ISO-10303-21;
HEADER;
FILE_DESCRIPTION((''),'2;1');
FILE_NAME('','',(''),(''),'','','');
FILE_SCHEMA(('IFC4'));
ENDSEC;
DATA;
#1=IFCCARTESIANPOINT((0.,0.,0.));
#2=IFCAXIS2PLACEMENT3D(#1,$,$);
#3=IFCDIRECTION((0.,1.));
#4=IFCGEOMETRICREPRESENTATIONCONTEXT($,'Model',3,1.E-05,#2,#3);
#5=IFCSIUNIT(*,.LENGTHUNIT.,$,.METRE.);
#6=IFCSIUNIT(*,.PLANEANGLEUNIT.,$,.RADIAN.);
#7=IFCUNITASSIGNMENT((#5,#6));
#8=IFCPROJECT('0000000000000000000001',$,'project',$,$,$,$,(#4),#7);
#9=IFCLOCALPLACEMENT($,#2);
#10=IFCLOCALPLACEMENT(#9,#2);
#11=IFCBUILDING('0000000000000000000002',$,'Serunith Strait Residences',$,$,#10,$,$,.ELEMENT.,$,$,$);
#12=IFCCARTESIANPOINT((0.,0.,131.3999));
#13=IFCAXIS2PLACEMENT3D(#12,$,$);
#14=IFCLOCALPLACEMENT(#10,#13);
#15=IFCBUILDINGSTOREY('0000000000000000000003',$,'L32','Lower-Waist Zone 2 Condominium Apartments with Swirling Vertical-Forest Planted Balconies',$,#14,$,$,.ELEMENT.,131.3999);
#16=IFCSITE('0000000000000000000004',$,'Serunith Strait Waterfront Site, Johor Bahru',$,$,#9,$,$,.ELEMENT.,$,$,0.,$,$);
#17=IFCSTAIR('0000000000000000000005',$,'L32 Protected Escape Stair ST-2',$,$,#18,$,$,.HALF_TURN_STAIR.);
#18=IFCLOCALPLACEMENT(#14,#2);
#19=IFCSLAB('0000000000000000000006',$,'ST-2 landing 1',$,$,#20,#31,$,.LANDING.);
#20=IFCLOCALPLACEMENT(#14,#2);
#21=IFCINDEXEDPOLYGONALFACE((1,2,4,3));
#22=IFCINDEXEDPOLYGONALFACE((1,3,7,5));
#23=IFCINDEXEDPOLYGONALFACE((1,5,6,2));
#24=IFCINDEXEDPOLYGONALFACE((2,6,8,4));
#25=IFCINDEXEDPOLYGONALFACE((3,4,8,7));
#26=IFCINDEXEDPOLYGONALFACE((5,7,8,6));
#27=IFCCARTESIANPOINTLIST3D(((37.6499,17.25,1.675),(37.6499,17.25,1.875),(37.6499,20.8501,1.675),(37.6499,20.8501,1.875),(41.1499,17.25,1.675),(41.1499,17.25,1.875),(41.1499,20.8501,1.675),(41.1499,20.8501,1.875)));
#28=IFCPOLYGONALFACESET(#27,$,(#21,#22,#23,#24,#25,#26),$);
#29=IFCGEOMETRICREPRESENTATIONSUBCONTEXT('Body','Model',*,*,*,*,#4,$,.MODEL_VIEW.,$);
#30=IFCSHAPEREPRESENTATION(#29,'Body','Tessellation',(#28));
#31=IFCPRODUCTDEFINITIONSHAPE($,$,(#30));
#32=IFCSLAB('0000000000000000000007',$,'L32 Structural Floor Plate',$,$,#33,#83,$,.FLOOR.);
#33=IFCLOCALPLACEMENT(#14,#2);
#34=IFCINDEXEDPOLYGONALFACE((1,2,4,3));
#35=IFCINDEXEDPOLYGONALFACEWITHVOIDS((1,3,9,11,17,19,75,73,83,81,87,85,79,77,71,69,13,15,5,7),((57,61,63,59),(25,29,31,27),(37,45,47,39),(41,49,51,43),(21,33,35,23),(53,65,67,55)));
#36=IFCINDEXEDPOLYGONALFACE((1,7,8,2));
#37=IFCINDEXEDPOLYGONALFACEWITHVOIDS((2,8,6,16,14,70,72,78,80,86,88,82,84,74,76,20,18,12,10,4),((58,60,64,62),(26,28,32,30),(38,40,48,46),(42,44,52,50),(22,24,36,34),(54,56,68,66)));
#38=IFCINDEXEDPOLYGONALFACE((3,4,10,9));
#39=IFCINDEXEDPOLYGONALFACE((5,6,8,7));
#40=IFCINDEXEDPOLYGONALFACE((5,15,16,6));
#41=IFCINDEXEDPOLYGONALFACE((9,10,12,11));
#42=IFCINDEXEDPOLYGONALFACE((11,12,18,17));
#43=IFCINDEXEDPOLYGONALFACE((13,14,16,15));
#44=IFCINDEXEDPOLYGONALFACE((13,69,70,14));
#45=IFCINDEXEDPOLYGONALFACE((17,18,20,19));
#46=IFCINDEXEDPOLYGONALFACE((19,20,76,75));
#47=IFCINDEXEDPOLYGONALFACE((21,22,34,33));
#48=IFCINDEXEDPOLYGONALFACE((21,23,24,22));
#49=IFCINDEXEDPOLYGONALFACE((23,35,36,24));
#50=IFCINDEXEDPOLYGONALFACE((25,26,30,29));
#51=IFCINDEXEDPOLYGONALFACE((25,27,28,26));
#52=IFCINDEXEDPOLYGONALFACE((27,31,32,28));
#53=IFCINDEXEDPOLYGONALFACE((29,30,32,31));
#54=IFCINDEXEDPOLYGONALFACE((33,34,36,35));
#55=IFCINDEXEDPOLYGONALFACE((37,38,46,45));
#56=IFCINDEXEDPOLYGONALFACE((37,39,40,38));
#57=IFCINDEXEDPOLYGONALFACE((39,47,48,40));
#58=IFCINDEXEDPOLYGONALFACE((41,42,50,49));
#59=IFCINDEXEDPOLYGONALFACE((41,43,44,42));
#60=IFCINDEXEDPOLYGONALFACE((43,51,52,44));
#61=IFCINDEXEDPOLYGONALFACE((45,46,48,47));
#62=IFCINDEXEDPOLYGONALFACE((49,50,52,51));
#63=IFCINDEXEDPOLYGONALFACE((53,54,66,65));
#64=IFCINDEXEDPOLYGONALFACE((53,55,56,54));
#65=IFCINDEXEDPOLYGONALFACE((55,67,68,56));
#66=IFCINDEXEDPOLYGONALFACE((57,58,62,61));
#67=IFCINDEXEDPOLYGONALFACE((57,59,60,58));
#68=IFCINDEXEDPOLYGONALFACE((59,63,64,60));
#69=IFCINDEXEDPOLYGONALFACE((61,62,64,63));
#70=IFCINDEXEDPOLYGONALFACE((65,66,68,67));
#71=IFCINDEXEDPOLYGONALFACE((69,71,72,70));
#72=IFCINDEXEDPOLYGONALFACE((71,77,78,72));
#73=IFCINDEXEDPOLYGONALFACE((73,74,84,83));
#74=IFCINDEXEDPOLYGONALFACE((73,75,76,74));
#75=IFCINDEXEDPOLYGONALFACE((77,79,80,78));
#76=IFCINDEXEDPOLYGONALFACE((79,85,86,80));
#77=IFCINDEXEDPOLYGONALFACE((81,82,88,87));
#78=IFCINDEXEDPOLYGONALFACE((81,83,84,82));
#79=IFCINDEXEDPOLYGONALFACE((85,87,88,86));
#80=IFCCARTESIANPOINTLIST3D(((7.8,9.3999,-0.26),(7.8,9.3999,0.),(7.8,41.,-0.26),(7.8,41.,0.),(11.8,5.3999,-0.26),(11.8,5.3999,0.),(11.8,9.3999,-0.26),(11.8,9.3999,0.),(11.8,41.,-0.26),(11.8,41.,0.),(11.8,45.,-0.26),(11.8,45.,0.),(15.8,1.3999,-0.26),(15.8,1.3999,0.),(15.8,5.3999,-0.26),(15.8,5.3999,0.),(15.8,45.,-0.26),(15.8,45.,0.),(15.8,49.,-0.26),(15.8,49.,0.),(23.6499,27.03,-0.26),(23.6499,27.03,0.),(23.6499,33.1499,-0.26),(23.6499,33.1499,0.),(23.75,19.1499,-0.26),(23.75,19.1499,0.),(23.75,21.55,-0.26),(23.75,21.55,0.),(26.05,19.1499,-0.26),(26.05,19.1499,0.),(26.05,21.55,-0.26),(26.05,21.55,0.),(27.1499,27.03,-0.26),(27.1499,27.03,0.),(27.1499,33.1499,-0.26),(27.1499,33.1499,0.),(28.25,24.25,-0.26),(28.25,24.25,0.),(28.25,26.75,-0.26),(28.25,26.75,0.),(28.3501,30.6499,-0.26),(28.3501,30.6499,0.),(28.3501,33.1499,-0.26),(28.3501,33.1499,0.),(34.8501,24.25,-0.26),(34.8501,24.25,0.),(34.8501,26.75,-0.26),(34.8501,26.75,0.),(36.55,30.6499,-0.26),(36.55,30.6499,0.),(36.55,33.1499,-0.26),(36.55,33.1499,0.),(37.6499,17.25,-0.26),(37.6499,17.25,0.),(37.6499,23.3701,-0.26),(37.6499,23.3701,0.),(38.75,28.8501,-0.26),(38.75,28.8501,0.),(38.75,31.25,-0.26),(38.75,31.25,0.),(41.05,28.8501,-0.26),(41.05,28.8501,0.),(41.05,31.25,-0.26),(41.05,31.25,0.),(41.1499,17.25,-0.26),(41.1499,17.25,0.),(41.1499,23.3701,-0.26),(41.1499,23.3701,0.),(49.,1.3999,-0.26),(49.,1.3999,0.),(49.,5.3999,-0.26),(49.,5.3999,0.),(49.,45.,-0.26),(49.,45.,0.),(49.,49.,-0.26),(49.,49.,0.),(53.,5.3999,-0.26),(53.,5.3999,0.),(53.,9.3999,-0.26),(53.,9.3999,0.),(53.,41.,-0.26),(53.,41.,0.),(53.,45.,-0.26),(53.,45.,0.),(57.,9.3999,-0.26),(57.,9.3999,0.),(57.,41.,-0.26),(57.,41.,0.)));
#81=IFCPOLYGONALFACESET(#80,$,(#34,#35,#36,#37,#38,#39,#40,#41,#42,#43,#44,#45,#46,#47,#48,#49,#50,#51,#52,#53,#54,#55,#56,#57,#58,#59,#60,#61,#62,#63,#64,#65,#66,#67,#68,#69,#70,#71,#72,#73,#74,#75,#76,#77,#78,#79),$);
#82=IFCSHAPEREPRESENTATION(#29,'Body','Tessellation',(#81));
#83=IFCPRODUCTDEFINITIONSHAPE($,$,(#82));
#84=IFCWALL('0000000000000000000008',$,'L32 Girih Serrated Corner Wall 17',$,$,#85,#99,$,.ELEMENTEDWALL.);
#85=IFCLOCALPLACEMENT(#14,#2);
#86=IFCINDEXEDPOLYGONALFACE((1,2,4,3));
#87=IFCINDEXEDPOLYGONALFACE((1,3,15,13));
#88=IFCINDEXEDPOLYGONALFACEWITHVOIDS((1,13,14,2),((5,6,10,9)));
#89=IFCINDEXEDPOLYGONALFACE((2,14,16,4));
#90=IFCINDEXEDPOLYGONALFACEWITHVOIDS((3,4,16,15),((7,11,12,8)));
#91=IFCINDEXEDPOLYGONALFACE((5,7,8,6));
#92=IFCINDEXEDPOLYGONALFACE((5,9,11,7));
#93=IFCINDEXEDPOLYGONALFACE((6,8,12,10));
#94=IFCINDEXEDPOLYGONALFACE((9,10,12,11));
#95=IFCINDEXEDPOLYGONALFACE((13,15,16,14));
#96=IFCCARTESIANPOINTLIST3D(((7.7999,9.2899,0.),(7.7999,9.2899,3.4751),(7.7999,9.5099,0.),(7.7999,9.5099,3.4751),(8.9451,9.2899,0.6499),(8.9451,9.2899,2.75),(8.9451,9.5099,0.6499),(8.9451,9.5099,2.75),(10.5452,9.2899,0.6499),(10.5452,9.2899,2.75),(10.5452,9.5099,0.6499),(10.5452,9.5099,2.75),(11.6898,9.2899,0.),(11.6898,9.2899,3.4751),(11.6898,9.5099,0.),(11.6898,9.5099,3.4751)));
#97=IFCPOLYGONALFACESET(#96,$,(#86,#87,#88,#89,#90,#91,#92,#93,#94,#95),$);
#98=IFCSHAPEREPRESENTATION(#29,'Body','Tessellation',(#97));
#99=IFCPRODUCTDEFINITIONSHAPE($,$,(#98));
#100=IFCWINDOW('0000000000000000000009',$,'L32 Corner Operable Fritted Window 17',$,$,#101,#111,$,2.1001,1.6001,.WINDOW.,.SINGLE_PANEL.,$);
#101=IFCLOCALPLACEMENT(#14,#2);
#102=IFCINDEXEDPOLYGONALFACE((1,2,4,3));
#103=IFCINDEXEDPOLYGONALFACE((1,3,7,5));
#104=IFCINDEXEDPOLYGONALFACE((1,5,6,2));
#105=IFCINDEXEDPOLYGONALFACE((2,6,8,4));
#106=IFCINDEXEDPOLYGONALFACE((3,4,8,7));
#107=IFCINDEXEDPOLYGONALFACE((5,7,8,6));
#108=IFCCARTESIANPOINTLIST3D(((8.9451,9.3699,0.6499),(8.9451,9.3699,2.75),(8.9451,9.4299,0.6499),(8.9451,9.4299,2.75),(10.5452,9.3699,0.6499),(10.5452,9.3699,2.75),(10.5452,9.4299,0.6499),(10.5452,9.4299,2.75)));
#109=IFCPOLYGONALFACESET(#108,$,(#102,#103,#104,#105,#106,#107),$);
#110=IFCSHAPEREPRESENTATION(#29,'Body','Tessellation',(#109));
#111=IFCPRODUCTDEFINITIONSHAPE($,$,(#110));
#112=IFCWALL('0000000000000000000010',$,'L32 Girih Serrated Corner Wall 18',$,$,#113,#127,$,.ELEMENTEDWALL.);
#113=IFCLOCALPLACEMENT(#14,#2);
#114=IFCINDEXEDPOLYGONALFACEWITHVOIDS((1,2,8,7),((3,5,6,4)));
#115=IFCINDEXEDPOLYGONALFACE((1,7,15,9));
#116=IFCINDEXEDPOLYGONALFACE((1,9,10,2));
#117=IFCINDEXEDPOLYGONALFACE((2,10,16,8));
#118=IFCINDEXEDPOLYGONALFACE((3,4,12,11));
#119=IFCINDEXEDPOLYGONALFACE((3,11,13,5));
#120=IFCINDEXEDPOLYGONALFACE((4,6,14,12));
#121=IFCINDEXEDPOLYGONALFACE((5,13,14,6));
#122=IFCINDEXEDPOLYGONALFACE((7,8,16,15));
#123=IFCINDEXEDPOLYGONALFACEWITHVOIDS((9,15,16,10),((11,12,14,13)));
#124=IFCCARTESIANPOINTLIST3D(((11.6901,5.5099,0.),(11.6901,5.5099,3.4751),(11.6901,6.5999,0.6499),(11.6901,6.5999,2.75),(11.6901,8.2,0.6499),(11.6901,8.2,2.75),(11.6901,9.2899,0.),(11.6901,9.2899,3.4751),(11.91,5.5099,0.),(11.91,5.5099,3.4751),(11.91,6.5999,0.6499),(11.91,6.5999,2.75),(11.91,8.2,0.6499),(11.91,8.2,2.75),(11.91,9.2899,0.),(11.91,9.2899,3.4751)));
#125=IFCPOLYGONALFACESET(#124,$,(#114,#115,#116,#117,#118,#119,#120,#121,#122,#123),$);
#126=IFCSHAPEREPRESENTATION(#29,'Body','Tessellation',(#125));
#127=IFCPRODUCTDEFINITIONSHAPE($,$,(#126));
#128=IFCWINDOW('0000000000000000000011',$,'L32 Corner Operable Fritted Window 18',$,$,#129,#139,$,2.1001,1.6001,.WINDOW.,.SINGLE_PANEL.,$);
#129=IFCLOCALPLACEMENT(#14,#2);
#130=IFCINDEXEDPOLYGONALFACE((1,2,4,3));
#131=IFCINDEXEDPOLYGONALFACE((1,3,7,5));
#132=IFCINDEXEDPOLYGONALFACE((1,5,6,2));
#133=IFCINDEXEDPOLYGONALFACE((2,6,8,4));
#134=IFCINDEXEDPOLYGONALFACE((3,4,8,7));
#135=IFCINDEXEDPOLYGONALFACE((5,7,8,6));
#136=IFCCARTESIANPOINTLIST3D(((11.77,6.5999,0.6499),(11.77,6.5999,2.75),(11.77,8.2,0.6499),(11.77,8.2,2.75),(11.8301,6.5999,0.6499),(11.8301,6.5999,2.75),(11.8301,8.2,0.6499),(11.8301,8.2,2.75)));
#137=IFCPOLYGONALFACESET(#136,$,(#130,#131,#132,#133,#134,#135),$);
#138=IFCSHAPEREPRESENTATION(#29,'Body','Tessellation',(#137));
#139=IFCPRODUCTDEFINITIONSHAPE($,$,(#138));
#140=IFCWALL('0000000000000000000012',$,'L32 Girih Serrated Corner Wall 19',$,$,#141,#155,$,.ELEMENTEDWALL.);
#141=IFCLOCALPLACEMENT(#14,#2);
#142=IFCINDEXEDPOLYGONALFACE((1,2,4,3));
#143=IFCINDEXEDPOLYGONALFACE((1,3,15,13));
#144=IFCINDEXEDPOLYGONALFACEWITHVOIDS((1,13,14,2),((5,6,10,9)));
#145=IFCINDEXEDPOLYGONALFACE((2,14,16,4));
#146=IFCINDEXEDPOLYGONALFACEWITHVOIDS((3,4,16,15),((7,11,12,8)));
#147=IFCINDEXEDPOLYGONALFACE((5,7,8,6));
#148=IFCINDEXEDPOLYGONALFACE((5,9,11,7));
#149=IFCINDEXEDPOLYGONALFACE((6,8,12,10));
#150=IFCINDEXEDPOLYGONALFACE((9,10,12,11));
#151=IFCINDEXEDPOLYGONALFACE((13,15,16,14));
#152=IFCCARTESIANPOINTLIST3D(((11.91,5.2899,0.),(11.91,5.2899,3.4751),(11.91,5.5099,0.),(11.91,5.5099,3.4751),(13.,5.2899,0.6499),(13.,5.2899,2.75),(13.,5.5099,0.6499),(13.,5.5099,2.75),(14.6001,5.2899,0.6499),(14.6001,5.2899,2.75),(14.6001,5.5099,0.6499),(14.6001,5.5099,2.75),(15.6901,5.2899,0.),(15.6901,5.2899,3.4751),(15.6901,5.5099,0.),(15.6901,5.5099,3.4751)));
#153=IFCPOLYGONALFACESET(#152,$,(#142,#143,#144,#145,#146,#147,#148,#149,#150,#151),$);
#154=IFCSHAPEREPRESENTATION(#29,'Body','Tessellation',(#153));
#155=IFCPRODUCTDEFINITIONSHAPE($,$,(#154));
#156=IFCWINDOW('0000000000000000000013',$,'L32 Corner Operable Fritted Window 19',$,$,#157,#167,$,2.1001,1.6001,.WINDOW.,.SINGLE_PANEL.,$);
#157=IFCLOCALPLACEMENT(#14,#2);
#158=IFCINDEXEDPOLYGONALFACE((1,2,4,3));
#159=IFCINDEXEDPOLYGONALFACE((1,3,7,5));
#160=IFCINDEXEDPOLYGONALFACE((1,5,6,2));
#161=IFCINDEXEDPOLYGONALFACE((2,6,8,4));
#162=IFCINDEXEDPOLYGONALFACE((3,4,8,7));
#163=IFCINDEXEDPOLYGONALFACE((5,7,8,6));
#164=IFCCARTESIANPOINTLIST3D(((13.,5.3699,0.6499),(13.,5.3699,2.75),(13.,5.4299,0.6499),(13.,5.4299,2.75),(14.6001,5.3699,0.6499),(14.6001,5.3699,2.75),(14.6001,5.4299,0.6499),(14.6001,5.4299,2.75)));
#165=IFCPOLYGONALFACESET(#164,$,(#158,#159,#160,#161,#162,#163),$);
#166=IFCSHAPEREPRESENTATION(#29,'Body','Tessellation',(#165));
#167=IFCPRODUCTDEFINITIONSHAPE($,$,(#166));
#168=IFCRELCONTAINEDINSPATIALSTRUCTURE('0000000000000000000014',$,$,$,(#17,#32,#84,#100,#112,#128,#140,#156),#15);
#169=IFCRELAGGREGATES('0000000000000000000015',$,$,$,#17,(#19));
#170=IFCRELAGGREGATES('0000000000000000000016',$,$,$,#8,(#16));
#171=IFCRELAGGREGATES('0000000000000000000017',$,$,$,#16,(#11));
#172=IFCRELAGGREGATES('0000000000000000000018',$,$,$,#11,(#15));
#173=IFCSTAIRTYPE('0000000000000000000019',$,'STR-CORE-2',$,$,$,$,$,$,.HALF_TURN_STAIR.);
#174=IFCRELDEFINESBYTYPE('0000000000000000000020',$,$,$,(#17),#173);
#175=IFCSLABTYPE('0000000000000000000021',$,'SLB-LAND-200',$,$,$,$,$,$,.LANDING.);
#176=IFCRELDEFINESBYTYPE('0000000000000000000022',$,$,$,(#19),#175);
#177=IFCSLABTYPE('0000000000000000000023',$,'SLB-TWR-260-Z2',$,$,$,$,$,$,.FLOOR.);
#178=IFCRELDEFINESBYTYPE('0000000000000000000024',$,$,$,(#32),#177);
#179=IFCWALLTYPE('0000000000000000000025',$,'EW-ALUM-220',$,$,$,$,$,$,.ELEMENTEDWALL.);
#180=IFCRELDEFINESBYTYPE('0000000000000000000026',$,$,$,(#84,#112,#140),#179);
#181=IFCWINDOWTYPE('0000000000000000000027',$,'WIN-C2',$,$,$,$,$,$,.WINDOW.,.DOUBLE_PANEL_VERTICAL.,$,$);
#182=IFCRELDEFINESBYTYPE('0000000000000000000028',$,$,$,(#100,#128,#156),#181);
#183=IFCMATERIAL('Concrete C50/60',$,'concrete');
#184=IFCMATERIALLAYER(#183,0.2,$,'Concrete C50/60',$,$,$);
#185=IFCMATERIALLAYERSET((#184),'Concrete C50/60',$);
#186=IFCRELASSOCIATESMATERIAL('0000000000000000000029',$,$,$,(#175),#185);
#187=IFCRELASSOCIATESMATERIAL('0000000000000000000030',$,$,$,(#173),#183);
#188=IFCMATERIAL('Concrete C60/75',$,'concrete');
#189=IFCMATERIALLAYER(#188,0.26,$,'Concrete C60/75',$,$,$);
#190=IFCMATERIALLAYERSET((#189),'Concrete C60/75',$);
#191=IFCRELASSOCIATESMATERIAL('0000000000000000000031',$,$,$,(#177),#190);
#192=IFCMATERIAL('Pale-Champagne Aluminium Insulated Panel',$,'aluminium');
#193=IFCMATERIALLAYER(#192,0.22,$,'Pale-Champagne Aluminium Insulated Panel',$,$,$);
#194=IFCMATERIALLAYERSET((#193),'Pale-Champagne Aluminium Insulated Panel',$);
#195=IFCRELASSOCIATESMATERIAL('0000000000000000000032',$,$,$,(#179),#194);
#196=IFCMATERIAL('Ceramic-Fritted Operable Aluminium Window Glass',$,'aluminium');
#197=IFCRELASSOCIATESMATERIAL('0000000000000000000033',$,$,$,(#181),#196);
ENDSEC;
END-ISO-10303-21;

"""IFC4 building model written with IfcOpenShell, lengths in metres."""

from ifc_helpers import new_model, si_unit, direction, frame, frame_2d, origin, place, context, subcontext, project, spatial, polyline, rectangle, outline, extrude, source, transform, mapped, material, layer, layer_set, type_object, element, fill, aggregate, save


model = new_model("IFC4")

# Units and contexts
model_context = context("Model", 3, precision=1e-05, world=origin(), true_north=direction((0.0, 1.0)))
body_context = subcontext(model_context, "Body", "Model", "MODEL_VIEW")
ifc_project = project(units=[si_unit("LENGTHUNIT", "METRE"), si_unit("PLANEANGLEUNIT", "RADIAN")], contexts=[model_context])

# Site, building, storey
site_placement = place(None, origin())
site = spatial("IfcSite", under=ifc_project, at=site_placement, Name="Serunith Strait Waterfront Site, Johor Bahru", CompositionType="ELEMENT", RefElevation=0.0)
building_placement = place(site_placement, origin())
building = spatial("IfcBuilding", under=site, at=building_placement, Name="Serunith Strait Residences", CompositionType="ELEMENT")
storey_placement = place(building_placement, frame((0.0, 0.0, 131.3999)))
storey = spatial("IfcBuildingStorey", under=building, at=storey_placement, Name="L32", Description="Lower-Waist Zone 2 Condominium Apartments with Swirling Vertical-Forest Planted Balconies", CompositionType="ELEMENT", Elevation=131.3999)

# Shared definitions
ifc_material_1 = material(Name="Concrete C50/60", Category="concrete")

# Stair, slab
ifc_layer_1 = layer(ifc_material_1, 0.2, Name="Concrete C50/60")
ifc_layer_set_1 = layer_set([ifc_layer_1], Name="Concrete C50/60")
slab_type_1 = type_object("IfcSlabType", Name="SLB-LAND-200", PredefinedType="LANDING", material=ifc_layer_set_1)
stair_type_1 = type_object("IfcStairType", Name="STR-CORE-2", PredefinedType="HALF_TURN_STAIR", material=ifc_material_1)
stair_1_placement = place(storey_placement, origin())
stair_1 = element("IfcStair", 1, at=stair_1_placement, inside=storey, type_object=stair_type_1, Name="L32 Protected Escape Stair ST-2", PredefinedType="HALF_TURN_STAIR")
slab_1_placement = place(storey_placement, frame((0.0, 0.0, 1.675)))
slab_1 = element("IfcSlab", 2, at=slab_1_placement, type_object=slab_type_1, Name="ST-2 landing 1", PredefinedType="LANDING", context=body_context, shape_type="SweptSolid", body=[
    extrude(outline(polyline([(37.6499, 20.8501), (37.6499, 17.25), (41.1499, 17.25), (41.1499, 20.8501), (37.6499, 20.8501)])), origin(), (0.0, 0.0, 1.0), 0.2),
])
aggregate(stair_1, [slab_1])

# Slab
ifc_material_2 = material(Name="Concrete C60/75", Category="concrete")
ifc_layer_2 = layer(ifc_material_2, 0.26, Name="Concrete C60/75")
ifc_layer_set_2 = layer_set([ifc_layer_2], Name="Concrete C60/75")
slab_type_2 = type_object("IfcSlabType", Name="SLB-TWR-260-Z2", PredefinedType="FLOOR", material=ifc_layer_set_2)
slab_2_placement = place(storey_placement, frame((0.0, 0.0, -0.26)))
element("IfcSlab", 3, at=slab_2_placement, inside=storey, type_object=slab_type_2, Name="L32 Structural Floor Plate", PredefinedType="FLOOR", context=body_context, shape_type="SweptSolid", body=[
    extrude(outline(polyline([(15.8, 5.3999), (11.8, 5.3999), (11.8, 9.3999), (7.8, 9.3999), (7.8, 41.0), (11.8, 41.0), (11.8, 45.0), (15.8, 45.0), (15.8, 49.0), (49.0, 49.0), (49.0, 45.0), (53.0, 45.0), (53.0, 41.0), (57.0, 41.0), (57.0, 9.3999), (53.0, 9.3999), (53.0, 5.3999), (49.0, 5.3999), (49.0, 1.3999), (15.8, 1.3999), (15.8, 5.3999)]), holes=[polyline([(41.1499, 23.3701), (37.6499, 23.3701), (37.6499, 17.25), (41.1499, 17.25), (41.1499, 23.3701)]), polyline([(38.75, 31.25), (38.75, 28.8501), (41.05, 28.8501), (41.05, 31.25), (38.75, 31.25)]), polyline([(36.55, 33.1499), (28.3501, 33.1499), (28.3501, 30.6499), (36.55, 30.6499), (36.55, 33.1499)]), polyline([(34.8501, 26.75), (28.25, 26.75), (28.25, 24.25), (34.8501, 24.25), (34.8501, 26.75)]), polyline([(23.6499, 33.1499), (23.6499, 27.03), (27.1499, 27.03), (27.1499, 33.1499), (23.6499, 33.1499)]), polyline([(26.05, 21.55), (23.75, 21.55), (23.75, 19.1499), (26.05, 19.1499), (26.05, 21.55)])]), origin(), (0.0, 0.0, 1.0), 0.26),
])

# Walls, openings, windows
ifc_material_3 = material(Name="Pale-Champagne Aluminium Insulated Panel", Category="aluminium")
ifc_layer_3 = layer(ifc_material_3, 0.22, Name="Pale-Champagne Aluminium Insulated Panel")
ifc_layer_set_3 = layer_set([ifc_layer_3], Name="Pale-Champagne Aluminium Insulated Panel")
wall_type_1 = type_object("IfcWallType", Name="EW-ALUM-220", PredefinedType="ELEMENTEDWALL", material=ifc_layer_set_3)
wall_1_placement = place(storey_placement, frame((7.8, 9.3999, 0.0), z_axis=(0.0, 0.0, 1.0), x_axis=(1.0, 0.0, 0.0)))
wall_1 = element("IfcWall", 4, at=wall_1_placement, inside=storey, type_object=wall_type_1, Name="L32 Girih Serrated Corner Wall 17", PredefinedType="ELEMENTEDWALL", context=body_context, shape_type="SweptSolid", body=[
    extrude(rectangle(XDim=3.8899, YDim=0.22, at=frame_2d((1.9448, 0.0))), origin(), (0.0, 0.0, 1.0), 3.4751),
])
opening_1_placement = place(wall_1_placement, frame((1.145, 0.0, 0.6499)))
opening_1 = element("IfcOpeningElement", 5, at=opening_1_placement, cuts=wall_1, PredefinedType="OPENING", context=body_context, shape_type="SweptSolid", body=[
    extrude(rectangle(XDim=1.6001, YDim=2.1001, at=frame_2d((0.8, 1.05))), frame((0.0, 0.1201, 0.0), z_axis=(0.0, -1.0, 0.0), x_axis=(1.0, 0.0, 0.0)), (0.0, 0.0, 1.0), 0.24),
])
ifc_material_4 = material(Name="Ceramic-Fritted Operable Aluminium Window Glass", Category="aluminium")
window_type = type_object("IfcWindowType", Name="WIN-C2", PartitioningType="DOUBLE_PANEL_VERTICAL", PredefinedType="WINDOW", material=ifc_material_4)
shared_shape_1 = source(origin(), body_context, "Body", "SweptSolid", [
    extrude(rectangle(XDim=1.6001, YDim=2.1001, at=frame_2d((0.8, 1.05))), frame((0.0, 0.03, 0.0), z_axis=(0.0, -1.0, 0.0), x_axis=(1.0, 0.0, 0.0)), (0.0, 0.0, 1.0), 0.0601),
])
window_1_placement = place(opening_1_placement, origin())
window_1 = element("IfcWindow", 6, at=window_1_placement, inside=storey, type_object=window_type, Name="L32 Corner Operable Fritted Window 17", OverallHeight=2.1001, OverallWidth=1.6001, PartitioningType="SINGLE_PANEL", PredefinedType="WINDOW", context=body_context, shape_type="MappedRepresentation", body=[
    mapped(shared_shape_1, transform((0.0, 0.0, 0.0), scale=1.0)),
])
fill(opening_1, window_1)
wall_2_placement = place(storey_placement, frame((11.8, 9.29, 0.0), z_axis=(0.0, 0.0, 1.0), x_axis=(0.0, -1.0, 0.0)))
wall_2 = element("IfcWall", 7, at=wall_2_placement, inside=storey, type_object=wall_type_1, Name="L32 Girih Serrated Corner Wall 18", PredefinedType="ELEMENTEDWALL", context=body_context, shape_type="SweptSolid", body=[
    extrude(rectangle(XDim=3.78, YDim=0.22, at=frame_2d((1.8901, 0.0))), origin(), (0.0, 0.0, 1.0), 3.4751),
])
opening_2_placement = place(wall_2_placement, frame((1.0901, 0.0, 0.6499)))
opening_2 = element("IfcOpeningElement", 8, at=opening_2_placement, cuts=wall_2, PredefinedType="OPENING", context=body_context, shape_type="SweptSolid", body=[
    extrude(rectangle(XDim=1.6001, YDim=2.1001, at=frame_2d((0.8, 1.05))), frame((0.0, 0.1201, 0.0), z_axis=(0.0, -1.0, 0.0), x_axis=(1.0, 0.0, 0.0)), (0.0, 0.0, 1.0), 0.24),
])
window_2_placement = place(opening_2_placement, origin())
window_2 = element("IfcWindow", 9, at=window_2_placement, inside=storey, type_object=window_type, Name="L32 Corner Operable Fritted Window 18", OverallHeight=2.1001, OverallWidth=1.6001, PartitioningType="SINGLE_PANEL", PredefinedType="WINDOW", context=body_context, shape_type="MappedRepresentation", body=[
    mapped(shared_shape_1, transform((0.0, 0.0, 0.0), scale=1.0)),
])
fill(opening_2, window_2)
wall_3_placement = place(storey_placement, frame((11.9099, 5.3999, 0.0), z_axis=(0.0, 0.0, 1.0), x_axis=(1.0, 0.0, 0.0)))
wall_3 = element("IfcWall", 10, at=wall_3_placement, inside=storey, type_object=wall_type_1, Name="L32 Girih Serrated Corner Wall 19", PredefinedType="ELEMENTEDWALL", context=body_context, shape_type="SweptSolid", body=[
    extrude(rectangle(XDim=3.78, YDim=0.22, at=frame_2d((1.8901, 0.0))), origin(), (0.0, 0.0, 1.0), 3.4751),
])
opening_3_placement = place(wall_3_placement, frame((1.0901, 0.0, 0.6499)))
opening_3 = element("IfcOpeningElement", 11, at=opening_3_placement, cuts=wall_3, PredefinedType="OPENING", context=body_context, shape_type="SweptSolid", body=[
    extrude(rectangle(XDim=1.6001, YDim=2.1001, at=frame_2d((0.8, 1.05))), frame((0.0, 0.1201, 0.0), z_axis=(0.0, -1.0, 0.0), x_axis=(1.0, 0.0, 0.0)), (0.0, 0.0, 1.0), 0.24),
])
window_3_placement = place(opening_3_placement, origin())
window_3 = element("IfcWindow", 12, at=window_3_placement, inside=storey, type_object=window_type, Name="L32 Corner Operable Fritted Window 19", OverallHeight=2.1001, OverallWidth=1.6001, PartitioningType="SINGLE_PANEL", PredefinedType="WINDOW", context=body_context, shape_type="MappedRepresentation", body=[
    mapped(shared_shape_1, transform((0.0, 0.0, 0.0), scale=1.0)),
])
fill(opening_3, window_3)

save(model, "model.ifc")
